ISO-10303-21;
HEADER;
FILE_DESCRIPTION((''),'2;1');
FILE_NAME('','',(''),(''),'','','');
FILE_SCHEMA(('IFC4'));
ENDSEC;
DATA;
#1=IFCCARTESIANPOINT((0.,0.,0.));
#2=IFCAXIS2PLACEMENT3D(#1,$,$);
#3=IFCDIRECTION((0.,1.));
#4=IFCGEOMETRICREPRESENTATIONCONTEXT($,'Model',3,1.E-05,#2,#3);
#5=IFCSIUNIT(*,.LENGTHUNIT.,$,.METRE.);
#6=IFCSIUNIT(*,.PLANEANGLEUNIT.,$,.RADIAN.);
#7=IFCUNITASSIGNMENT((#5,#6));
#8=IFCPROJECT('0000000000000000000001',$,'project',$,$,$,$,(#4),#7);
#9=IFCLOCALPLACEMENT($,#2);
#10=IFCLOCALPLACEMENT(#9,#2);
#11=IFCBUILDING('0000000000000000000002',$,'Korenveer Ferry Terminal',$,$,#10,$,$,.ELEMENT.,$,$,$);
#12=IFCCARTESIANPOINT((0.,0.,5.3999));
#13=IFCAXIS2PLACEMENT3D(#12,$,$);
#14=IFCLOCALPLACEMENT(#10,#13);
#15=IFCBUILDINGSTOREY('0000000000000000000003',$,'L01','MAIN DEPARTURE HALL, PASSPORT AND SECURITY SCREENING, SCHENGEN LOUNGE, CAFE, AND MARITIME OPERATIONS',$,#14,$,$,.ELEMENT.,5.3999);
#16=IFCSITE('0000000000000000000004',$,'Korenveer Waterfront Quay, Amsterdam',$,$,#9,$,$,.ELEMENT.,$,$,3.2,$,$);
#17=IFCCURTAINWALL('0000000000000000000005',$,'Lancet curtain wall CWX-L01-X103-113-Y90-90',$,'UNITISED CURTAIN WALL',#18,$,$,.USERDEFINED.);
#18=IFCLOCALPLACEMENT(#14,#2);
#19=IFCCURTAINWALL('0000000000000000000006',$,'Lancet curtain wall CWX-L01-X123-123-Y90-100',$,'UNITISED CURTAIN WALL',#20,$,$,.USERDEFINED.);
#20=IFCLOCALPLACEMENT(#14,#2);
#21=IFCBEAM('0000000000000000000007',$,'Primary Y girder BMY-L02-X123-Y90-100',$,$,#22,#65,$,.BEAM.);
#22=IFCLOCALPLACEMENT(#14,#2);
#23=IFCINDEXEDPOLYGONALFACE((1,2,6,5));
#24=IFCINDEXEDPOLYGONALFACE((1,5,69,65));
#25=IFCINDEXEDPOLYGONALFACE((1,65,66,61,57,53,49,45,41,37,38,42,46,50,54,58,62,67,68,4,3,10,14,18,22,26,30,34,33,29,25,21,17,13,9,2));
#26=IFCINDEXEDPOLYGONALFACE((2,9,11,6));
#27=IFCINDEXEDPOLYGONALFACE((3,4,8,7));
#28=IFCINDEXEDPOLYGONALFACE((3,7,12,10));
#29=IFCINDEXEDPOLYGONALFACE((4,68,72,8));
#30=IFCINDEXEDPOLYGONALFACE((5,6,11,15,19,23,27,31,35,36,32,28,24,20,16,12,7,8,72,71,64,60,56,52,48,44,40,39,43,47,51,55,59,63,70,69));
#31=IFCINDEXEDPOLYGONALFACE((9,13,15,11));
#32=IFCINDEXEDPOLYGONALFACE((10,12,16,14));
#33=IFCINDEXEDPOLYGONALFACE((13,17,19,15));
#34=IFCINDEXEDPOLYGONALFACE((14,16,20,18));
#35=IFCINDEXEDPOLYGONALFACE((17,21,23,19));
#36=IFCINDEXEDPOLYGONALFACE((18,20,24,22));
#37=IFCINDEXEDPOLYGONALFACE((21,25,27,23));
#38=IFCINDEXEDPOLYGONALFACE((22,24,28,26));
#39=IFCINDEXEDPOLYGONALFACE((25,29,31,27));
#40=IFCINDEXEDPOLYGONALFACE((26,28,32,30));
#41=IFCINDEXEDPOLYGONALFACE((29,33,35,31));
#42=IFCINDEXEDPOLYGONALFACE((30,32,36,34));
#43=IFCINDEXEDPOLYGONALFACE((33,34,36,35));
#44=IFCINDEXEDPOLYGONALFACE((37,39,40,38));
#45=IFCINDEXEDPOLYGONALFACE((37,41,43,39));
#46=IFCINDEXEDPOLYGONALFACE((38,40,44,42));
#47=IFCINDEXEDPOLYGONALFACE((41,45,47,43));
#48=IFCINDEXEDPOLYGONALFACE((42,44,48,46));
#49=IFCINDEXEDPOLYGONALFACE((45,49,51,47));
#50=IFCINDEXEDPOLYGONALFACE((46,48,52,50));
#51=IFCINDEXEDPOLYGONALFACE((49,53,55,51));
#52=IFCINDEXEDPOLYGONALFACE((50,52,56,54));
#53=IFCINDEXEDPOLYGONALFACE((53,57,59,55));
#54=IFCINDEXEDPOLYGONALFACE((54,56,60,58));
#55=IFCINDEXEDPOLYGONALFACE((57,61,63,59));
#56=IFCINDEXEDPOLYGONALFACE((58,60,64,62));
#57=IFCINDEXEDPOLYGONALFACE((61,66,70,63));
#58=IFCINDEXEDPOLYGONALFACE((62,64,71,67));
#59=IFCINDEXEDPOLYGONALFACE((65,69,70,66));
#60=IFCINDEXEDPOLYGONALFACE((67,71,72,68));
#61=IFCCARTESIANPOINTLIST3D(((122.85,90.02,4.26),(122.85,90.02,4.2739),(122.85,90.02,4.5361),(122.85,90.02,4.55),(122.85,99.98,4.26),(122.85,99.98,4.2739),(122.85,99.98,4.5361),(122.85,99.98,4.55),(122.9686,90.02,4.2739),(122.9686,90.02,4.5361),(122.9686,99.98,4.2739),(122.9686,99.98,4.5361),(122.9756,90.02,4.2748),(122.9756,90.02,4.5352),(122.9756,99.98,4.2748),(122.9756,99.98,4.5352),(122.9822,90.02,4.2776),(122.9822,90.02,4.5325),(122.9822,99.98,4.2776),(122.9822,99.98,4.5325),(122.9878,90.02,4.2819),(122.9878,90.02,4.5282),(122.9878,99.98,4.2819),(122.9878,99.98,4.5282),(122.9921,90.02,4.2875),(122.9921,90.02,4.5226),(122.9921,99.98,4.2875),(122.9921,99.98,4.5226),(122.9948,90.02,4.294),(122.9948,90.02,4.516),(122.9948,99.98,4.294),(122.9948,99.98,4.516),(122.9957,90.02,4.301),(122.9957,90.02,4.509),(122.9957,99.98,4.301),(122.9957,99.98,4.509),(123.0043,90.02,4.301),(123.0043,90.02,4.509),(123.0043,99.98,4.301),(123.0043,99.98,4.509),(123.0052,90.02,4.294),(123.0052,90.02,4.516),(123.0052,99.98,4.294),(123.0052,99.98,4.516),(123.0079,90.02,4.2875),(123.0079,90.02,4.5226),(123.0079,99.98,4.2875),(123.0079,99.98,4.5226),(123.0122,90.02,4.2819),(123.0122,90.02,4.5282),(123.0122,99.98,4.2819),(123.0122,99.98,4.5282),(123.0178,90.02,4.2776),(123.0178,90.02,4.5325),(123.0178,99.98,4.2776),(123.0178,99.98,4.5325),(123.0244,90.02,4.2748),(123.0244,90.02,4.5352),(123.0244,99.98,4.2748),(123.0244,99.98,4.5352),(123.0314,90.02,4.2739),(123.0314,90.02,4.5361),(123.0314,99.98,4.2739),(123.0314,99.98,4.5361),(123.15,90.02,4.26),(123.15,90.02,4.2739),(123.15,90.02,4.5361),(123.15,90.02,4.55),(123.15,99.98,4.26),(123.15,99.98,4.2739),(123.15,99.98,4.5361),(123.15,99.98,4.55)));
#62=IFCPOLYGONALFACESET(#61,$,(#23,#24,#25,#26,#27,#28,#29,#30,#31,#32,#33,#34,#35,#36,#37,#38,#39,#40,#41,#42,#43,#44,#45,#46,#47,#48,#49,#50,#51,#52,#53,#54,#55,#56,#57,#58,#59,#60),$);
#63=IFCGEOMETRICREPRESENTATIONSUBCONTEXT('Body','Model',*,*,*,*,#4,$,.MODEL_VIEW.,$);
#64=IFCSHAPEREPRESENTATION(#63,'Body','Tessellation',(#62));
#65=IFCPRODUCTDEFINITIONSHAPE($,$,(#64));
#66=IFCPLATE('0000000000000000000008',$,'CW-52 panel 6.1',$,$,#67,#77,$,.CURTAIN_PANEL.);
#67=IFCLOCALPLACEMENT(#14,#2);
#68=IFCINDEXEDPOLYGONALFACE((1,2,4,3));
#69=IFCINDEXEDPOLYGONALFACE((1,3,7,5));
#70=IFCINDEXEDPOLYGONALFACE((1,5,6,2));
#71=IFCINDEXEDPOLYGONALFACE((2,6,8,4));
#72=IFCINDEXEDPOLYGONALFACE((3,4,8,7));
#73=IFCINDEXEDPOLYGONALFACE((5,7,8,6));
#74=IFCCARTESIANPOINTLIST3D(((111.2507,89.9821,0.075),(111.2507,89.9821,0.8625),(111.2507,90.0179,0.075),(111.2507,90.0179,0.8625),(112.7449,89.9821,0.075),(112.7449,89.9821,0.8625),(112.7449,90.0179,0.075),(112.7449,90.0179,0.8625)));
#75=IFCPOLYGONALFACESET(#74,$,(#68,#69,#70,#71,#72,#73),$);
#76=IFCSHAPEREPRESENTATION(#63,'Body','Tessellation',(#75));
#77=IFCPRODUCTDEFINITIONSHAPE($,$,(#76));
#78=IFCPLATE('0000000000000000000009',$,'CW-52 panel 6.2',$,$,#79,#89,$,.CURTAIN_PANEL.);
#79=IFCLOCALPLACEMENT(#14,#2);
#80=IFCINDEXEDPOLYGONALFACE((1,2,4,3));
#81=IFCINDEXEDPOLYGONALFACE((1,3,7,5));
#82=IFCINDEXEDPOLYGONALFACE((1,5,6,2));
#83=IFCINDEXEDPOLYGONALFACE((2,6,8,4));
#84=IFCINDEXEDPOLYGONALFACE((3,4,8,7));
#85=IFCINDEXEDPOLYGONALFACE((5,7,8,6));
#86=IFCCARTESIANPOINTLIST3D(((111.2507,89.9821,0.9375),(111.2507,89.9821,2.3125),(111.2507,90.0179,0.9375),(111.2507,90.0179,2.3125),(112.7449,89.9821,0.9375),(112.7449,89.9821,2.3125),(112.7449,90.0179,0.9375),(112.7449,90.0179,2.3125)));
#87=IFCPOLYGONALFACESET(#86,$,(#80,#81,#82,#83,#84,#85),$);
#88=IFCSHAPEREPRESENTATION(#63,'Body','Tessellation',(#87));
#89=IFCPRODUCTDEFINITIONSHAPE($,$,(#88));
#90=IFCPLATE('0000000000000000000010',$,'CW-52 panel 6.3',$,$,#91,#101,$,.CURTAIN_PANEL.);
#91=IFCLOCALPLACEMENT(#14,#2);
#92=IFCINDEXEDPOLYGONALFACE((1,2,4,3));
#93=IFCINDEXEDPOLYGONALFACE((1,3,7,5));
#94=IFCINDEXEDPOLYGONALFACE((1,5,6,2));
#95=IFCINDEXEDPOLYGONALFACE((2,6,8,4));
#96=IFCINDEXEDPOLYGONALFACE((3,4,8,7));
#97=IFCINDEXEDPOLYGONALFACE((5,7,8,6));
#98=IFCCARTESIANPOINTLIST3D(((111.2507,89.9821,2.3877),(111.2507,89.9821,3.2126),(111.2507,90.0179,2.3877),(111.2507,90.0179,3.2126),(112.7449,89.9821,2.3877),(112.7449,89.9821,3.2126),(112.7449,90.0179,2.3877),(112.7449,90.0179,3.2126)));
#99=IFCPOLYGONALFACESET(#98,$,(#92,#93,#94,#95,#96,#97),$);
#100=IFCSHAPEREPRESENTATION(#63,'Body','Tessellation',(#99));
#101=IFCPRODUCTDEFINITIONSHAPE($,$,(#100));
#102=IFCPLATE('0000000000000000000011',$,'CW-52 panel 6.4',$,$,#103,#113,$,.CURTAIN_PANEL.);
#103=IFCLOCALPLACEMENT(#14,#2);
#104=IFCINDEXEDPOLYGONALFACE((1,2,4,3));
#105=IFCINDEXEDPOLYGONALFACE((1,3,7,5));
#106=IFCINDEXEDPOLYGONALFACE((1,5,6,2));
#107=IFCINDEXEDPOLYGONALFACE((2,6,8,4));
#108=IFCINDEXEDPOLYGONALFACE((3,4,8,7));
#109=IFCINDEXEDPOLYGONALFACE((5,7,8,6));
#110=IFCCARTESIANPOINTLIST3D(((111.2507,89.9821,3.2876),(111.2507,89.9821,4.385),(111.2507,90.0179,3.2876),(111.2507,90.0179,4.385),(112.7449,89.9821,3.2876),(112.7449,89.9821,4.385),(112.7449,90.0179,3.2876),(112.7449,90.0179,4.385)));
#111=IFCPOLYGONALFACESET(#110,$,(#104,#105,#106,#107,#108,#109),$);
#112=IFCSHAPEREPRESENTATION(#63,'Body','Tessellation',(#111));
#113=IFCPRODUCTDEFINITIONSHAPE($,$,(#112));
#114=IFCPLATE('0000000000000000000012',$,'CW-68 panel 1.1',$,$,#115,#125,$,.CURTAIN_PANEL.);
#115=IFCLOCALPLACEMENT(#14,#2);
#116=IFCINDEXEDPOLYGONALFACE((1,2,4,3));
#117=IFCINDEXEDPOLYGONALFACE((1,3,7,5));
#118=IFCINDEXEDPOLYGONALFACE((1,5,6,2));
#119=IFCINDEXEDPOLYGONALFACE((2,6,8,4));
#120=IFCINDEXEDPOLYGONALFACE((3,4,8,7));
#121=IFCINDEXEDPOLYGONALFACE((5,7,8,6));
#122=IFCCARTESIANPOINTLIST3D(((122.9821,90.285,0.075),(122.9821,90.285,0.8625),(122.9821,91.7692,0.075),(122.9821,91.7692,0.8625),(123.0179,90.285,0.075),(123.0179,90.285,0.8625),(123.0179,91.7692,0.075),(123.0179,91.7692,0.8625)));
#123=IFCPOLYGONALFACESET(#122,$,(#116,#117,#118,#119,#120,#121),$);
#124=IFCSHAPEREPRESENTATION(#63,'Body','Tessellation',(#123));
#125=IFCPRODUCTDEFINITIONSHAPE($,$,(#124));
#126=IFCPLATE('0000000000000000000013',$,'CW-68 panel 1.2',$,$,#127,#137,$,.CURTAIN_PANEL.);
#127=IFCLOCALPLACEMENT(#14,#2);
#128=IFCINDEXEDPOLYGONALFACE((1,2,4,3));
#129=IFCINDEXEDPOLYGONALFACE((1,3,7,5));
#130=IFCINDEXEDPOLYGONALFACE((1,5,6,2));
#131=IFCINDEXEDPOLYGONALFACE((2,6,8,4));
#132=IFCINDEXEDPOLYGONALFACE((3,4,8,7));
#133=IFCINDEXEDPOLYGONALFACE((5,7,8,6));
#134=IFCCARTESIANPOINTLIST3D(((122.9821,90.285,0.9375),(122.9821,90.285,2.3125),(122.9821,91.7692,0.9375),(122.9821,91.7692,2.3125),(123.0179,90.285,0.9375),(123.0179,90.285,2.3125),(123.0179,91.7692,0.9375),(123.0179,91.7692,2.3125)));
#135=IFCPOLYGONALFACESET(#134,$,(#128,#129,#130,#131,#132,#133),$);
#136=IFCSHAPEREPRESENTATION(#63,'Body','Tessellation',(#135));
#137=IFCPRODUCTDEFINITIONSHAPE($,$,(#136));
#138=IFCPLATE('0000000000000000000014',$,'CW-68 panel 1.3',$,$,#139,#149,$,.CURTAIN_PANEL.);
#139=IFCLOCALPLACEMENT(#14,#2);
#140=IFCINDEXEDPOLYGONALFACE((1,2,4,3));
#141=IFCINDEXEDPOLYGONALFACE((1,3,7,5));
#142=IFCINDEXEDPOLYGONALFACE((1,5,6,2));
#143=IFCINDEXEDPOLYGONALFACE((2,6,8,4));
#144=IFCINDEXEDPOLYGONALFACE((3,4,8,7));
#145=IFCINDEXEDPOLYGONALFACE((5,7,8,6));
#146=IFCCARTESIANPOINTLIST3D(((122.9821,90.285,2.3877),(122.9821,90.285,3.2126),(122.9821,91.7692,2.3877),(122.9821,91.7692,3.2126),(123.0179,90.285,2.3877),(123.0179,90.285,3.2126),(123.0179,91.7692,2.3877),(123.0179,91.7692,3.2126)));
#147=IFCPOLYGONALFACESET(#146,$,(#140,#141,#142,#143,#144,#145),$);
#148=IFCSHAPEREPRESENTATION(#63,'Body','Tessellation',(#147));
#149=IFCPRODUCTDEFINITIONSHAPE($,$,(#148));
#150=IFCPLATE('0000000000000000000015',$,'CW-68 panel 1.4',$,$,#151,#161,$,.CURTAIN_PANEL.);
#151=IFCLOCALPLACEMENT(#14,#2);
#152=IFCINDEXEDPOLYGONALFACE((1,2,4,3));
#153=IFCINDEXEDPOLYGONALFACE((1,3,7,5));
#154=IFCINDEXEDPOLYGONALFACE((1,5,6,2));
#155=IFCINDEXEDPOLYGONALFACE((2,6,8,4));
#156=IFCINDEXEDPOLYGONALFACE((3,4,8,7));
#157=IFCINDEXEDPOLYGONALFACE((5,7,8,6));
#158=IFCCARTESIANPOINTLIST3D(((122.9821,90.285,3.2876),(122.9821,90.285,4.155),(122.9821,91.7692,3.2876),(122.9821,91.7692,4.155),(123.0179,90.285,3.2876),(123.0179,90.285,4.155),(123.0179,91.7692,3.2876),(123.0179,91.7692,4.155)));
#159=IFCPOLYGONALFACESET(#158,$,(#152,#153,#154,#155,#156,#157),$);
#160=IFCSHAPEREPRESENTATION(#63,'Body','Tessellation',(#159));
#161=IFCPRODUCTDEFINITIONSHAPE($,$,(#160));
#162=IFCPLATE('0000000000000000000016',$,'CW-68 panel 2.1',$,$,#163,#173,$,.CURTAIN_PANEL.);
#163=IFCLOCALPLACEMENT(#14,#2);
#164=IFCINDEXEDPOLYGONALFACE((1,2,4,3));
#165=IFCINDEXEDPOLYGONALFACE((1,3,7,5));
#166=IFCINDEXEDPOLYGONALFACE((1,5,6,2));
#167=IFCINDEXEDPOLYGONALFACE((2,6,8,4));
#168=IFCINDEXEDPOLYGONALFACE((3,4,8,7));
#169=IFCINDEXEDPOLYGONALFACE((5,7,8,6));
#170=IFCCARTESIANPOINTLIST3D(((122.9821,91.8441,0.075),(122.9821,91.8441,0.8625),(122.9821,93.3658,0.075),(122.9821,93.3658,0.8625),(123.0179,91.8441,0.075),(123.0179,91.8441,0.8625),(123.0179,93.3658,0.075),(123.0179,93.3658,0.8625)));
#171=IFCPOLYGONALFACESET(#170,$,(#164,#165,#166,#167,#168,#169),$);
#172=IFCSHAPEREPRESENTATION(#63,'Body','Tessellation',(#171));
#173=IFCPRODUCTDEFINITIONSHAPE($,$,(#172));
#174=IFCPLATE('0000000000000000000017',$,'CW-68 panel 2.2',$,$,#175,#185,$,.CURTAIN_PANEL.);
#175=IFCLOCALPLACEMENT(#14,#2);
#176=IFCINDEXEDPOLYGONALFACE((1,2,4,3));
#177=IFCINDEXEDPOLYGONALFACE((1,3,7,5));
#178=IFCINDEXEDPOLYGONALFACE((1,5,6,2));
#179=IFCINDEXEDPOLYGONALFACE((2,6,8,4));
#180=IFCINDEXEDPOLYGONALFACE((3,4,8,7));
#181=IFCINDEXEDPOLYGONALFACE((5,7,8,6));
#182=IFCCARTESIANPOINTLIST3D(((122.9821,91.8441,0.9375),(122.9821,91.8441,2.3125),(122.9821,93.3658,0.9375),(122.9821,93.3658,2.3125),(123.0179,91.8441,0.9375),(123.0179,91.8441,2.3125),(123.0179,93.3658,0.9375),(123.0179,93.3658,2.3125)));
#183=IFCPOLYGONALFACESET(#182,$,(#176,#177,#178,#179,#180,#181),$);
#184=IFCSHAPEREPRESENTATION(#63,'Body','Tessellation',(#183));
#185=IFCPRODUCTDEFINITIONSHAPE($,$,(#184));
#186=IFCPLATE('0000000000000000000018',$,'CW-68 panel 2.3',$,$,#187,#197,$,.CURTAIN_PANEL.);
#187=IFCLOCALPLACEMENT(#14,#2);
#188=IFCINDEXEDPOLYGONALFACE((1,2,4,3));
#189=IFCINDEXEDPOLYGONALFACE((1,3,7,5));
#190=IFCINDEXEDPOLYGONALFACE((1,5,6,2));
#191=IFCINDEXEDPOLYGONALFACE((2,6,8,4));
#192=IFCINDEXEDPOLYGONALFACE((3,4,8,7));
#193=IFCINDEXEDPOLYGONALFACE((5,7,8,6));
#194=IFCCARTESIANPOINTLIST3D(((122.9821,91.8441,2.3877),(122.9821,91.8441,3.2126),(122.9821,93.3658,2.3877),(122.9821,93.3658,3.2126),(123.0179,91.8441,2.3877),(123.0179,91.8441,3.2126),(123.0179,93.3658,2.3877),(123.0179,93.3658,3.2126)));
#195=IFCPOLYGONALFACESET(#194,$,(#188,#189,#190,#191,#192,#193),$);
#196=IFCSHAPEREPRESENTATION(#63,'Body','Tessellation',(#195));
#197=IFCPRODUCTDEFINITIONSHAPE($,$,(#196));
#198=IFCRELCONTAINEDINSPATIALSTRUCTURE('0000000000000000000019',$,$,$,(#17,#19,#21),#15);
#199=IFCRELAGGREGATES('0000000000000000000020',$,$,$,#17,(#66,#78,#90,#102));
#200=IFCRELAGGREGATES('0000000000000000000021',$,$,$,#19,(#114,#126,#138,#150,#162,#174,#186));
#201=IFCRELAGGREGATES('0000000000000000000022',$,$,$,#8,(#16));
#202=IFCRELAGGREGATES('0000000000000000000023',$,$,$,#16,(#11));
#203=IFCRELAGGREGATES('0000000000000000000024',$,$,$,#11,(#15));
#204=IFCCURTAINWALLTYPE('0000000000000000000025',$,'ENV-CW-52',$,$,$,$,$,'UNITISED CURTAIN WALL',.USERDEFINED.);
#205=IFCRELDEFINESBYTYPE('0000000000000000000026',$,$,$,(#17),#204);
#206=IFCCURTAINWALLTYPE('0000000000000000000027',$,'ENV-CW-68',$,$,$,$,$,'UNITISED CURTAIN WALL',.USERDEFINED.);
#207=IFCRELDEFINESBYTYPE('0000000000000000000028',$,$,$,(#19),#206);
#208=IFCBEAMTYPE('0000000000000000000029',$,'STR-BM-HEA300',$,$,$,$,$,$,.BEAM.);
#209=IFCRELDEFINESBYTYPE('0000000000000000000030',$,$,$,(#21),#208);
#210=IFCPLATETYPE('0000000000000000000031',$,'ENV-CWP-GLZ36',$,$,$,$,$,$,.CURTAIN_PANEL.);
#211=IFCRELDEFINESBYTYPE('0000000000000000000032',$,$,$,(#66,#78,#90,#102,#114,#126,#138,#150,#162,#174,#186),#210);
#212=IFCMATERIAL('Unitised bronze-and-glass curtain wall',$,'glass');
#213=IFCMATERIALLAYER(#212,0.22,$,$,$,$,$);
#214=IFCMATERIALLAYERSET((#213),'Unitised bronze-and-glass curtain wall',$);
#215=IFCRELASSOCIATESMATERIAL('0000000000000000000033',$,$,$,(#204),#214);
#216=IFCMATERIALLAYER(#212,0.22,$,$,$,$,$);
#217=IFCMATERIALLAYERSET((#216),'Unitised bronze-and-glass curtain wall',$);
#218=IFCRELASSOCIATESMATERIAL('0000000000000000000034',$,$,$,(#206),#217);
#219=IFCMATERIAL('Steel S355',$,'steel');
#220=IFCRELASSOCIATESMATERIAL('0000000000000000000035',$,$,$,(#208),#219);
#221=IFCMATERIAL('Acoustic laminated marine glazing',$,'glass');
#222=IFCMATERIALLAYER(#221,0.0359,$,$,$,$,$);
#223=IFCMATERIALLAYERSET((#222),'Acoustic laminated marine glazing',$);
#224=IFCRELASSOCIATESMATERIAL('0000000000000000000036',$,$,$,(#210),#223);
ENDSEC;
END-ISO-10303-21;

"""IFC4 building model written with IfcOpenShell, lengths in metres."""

from ifc_helpers import new_model, si_unit, direction, frame, origin, origin_2d, place, context, subcontext, project, spatial, rectangle, i_section, extrude, material, layer, layer_set, material_profile, profile_set, type_object, element, aggregate, save


model = new_model("IFC4")

# Units and contexts
model_context = context("Model", 3, precision=1e-05, world=origin(), true_north=direction((0.0, 1.0)))
body_context = subcontext(model_context, "Body", "Model", "MODEL_VIEW")
ifc_project = project(units=[si_unit("LENGTHUNIT", "METRE"), si_unit("PLANEANGLEUNIT", "RADIAN")], contexts=[model_context])

# Site, building, storey
site_placement = place(None, origin())
site = spatial("IfcSite", under=ifc_project, at=site_placement, Name="Korenveer Waterfront Quay, Amsterdam", CompositionType="ELEMENT", RefElevation=3.2)
building_placement = place(site_placement, origin())
building = spatial("IfcBuilding", under=site, at=building_placement, Name="Korenveer Ferry Terminal", CompositionType="ELEMENT")
storey_placement = place(building_placement, frame((0.0, 0.0, 5.3999)))
storey = spatial("IfcBuildingStorey", under=building, at=storey_placement, Name="L01", Description="MAIN DEPARTURE HALL, PASSPORT AND SECURITY SCREENING, SCHENGEN LOUNGE, CAFE, AND MARITIME OPERATIONS", CompositionType="ELEMENT", Elevation=5.3999)

# Shared definitions
ifc_material_1 = material(Name="Steel S355", Category="steel")

# Curtain wall
ifc_material_2 = material(Name="Unitised bronze-and-glass curtain wall", Category="glass")
ifc_layer_1 = layer(ifc_material_2, 0.22)
ifc_layer_set_1 = layer_set([ifc_layer_1], Name="Unitised bronze-and-glass curtain wall")
curtain_wall_type_1 = type_object("IfcCurtainWallType", Name="ENV-CW-52", ElementType="UNITISED CURTAIN WALL", PredefinedType="USERDEFINED", material=ifc_layer_set_1)
curtain_wall_1_placement = place(storey_placement, frame((103.1799, 90.0, 0.0)))
curtain_wall_1 = element("IfcCurtainWall", 1, at=curtain_wall_1_placement, inside=storey, type_object=curtain_wall_type_1, Name="Lancet curtain wall CWX-L01-X103-113-Y90-90", ObjectType="UNITISED CURTAIN WALL", PredefinedType="USERDEFINED")

# Curtain wall
ifc_layer_2 = layer(ifc_material_2, 0.22)
ifc_layer_set_2 = layer_set([ifc_layer_2], Name="Unitised bronze-and-glass curtain wall")
curtain_wall_type_2 = type_object("IfcCurtainWallType", Name="ENV-CW-68", ElementType="UNITISED CURTAIN WALL", PredefinedType="USERDEFINED", material=ifc_layer_set_2)
curtain_wall_2_placement = place(storey_placement, frame((123.0, 90.21, 0.0)))
curtain_wall_2 = element("IfcCurtainWall", 2, at=curtain_wall_2_placement, inside=storey, type_object=curtain_wall_type_2, Name="Lancet curtain wall CWX-L01-X123-123-Y90-100", ObjectType="UNITISED CURTAIN WALL", PredefinedType="USERDEFINED")

# Beam
ifc_material_profile_1 = material_profile(ifc_material_1, i_section(OverallWidth=0.3, OverallDepth=0.29, WebThickness=0.0085, FlangeThickness=0.0139, FilletRadius=0.0271, at=origin_2d()), Name="HEA 300")
ifc_profile_set_1 = profile_set([ifc_material_profile_1], Name="Steel S355")
beam_type = type_object("IfcBeamType", Name="STR-BM-HEA300", PredefinedType="BEAM", material=ifc_profile_set_1)
beam_placement = place(storey_placement, frame((123.0, 90.02, 4.405), z_axis=(0.0, 1.0, 0.0), x_axis=(-1.0, 0.0, 0.0)))
element("IfcBeam", 3, at=beam_placement, inside=storey, type_object=beam_type, Name="Primary Y girder BMY-L02-X123-Y90-100", PredefinedType="BEAM", context=body_context, shape_type="SweptSolid", body=[
    extrude(i_section(OverallWidth=0.3, OverallDepth=0.29, WebThickness=0.0085, FlangeThickness=0.0139, FilletRadius=0.0271, at=origin_2d()), origin(), (0.0, 0.0, 1.0), 9.96),
])

# Plates
ifc_material_3 = material(Name="Acoustic laminated marine glazing", Category="glass")
ifc_layer_3 = layer(ifc_material_3, 0.0359)
ifc_layer_set_3 = layer_set([ifc_layer_3], Name="Acoustic laminated marine glazing")
plate_type_1 = type_object("IfcPlateType", Name="ENV-CWP-GLZ36", PredefinedType="CURTAIN_PANEL", material=ifc_layer_set_3)
plate_1_placement = place(storey_placement, frame((111.9978, 90.0, 0.075), z_axis=(0.0, 0.0, 1.0), x_axis=(1.0, 0.0, 0.0)))
plate_1 = element("IfcPlate", 4, at=plate_1_placement, type_object=plate_type_1, Name="CW-52 panel 6.1", PredefinedType="CURTAIN_PANEL", context=body_context, shape_type="SweptSolid", body=[
    extrude(rectangle(XDim=1.4941, YDim=0.0359, at=origin_2d()), origin(), (0.0, 0.0, 1.0), 0.7876),
])
plate_2_placement = place(storey_placement, frame((111.9978, 90.0, 0.9375), z_axis=(0.0, 0.0, 1.0), x_axis=(1.0, 0.0, 0.0)))
plate_2 = element("IfcPlate", 5, at=plate_2_placement, type_object=plate_type_1, Name="CW-52 panel 6.2", PredefinedType="CURTAIN_PANEL", context=body_context, shape_type="SweptSolid", body=[
    extrude(rectangle(XDim=1.4941, YDim=0.0359, at=origin_2d()), origin(), (0.0, 0.0, 1.0), 1.375),
])
plate_3_placement = place(storey_placement, frame((111.9978, 90.0, 2.3877), z_axis=(0.0, 0.0, 1.0), x_axis=(1.0, 0.0, 0.0)))
plate_3 = element("IfcPlate", 6, at=plate_3_placement, type_object=plate_type_1, Name="CW-52 panel 6.3", PredefinedType="CURTAIN_PANEL", context=body_context, shape_type="SweptSolid", body=[
    extrude(rectangle(XDim=1.4941, YDim=0.0359, at=origin_2d()), origin(), (0.0, 0.0, 1.0), 0.825),
])
plate_4_placement = place(storey_placement, frame((111.9978, 90.0, 3.2876), z_axis=(0.0, 0.0, 1.0), x_axis=(1.0, 0.0, 0.0)))
plate_4 = element("IfcPlate", 7, at=plate_4_placement, type_object=plate_type_1, Name="CW-52 panel 6.4", PredefinedType="CURTAIN_PANEL", context=body_context, shape_type="SweptSolid", body=[
    extrude(rectangle(XDim=1.4941, YDim=0.0359, at=origin_2d()), origin(), (0.0, 0.0, 1.0), 1.0974),
])
aggregate(curtain_wall_1, [plate_1, plate_2, plate_3, plate_4])
plate_5_placement = place(storey_placement, frame((123.0, 91.0271, 0.075), z_axis=(0.0, 0.0, 1.0), x_axis=(0.0, 1.0, 0.0)))
plate_5 = element("IfcPlate", 8, at=plate_5_placement, type_object=plate_type_1, Name="CW-68 panel 1.1", PredefinedType="CURTAIN_PANEL", context=body_context, shape_type="SweptSolid", body=[
    extrude(rectangle(XDim=1.4841, YDim=0.0359, at=origin_2d()), origin(), (0.0, 0.0, 1.0), 0.7876),
])
plate_6_placement = place(storey_placement, frame((123.0, 91.0271, 0.9375), z_axis=(0.0, 0.0, 1.0), x_axis=(0.0, 1.0, 0.0)))
plate_6 = element("IfcPlate", 9, at=plate_6_placement, type_object=plate_type_1, Name="CW-68 panel 1.2", PredefinedType="CURTAIN_PANEL", context=body_context, shape_type="SweptSolid", body=[
    extrude(rectangle(XDim=1.4841, YDim=0.0359, at=origin_2d()), origin(), (0.0, 0.0, 1.0), 1.375),
])
plate_7_placement = place(storey_placement, frame((123.0, 91.0271, 2.3877), z_axis=(0.0, 0.0, 1.0), x_axis=(0.0, 1.0, 0.0)))
plate_7 = element("IfcPlate", 10, at=plate_7_placement, type_object=plate_type_1, Name="CW-68 panel 1.3", PredefinedType="CURTAIN_PANEL", context=body_context, shape_type="SweptSolid", body=[
    extrude(rectangle(XDim=1.4841, YDim=0.0359, at=origin_2d()), origin(), (0.0, 0.0, 1.0), 0.825),
])
plate_8_placement = place(storey_placement, frame((123.0, 91.0271, 3.2876), z_axis=(0.0, 0.0, 1.0), x_axis=(0.0, 1.0, 0.0)))
plate_8 = element("IfcPlate", 11, at=plate_8_placement, type_object=plate_type_1, Name="CW-68 panel 1.4", PredefinedType="CURTAIN_PANEL", context=body_context, shape_type="SweptSolid", body=[
    extrude(rectangle(XDim=1.4841, YDim=0.0359, at=origin_2d()), origin(), (0.0, 0.0, 1.0), 0.8674),
])
plate_9_placement = place(storey_placement, frame((123.0, 92.605, 0.075), z_axis=(0.0, 0.0, 1.0), x_axis=(0.0, 1.0, 0.0)))
plate_9 = element("IfcPlate", 12, at=plate_9_placement, type_object=plate_type_1, Name="CW-68 panel 2.1", PredefinedType="CURTAIN_PANEL", context=body_context, shape_type="SweptSolid", body=[
    extrude(rectangle(XDim=1.5217, YDim=0.0359, at=origin_2d()), origin(), (0.0, 0.0, 1.0), 0.7876),
])
plate_10_placement = place(storey_placement, frame((123.0, 92.605, 0.9375), z_axis=(0.0, 0.0, 1.0), x_axis=(0.0, 1.0, 0.0)))
plate_10 = element("IfcPlate", 13, at=plate_10_placement, type_object=plate_type_1, Name="CW-68 panel 2.2", PredefinedType="CURTAIN_PANEL", context=body_context, shape_type="SweptSolid", body=[
    extrude(rectangle(XDim=1.5217, YDim=0.0359, at=origin_2d()), origin(), (0.0, 0.0, 1.0), 1.375),
])
plate_11_placement = place(storey_placement, frame((123.0, 92.605, 2.3877), z_axis=(0.0, 0.0, 1.0), x_axis=(0.0, 1.0, 0.0)))
plate_11 = element("IfcPlate", 14, at=plate_11_placement, type_object=plate_type_1, Name="CW-68 panel 2.3", PredefinedType="CURTAIN_PANEL", context=body_context, shape_type="SweptSolid", body=[
    extrude(rectangle(XDim=1.5217, YDim=0.0359, at=origin_2d()), origin(), (0.0, 0.0, 1.0), 0.825),
])
aggregate(curtain_wall_2, [plate_5, plate_6, plate_7, plate_8, plate_9, plate_10, plate_11])

save(model, "model.ifc")
